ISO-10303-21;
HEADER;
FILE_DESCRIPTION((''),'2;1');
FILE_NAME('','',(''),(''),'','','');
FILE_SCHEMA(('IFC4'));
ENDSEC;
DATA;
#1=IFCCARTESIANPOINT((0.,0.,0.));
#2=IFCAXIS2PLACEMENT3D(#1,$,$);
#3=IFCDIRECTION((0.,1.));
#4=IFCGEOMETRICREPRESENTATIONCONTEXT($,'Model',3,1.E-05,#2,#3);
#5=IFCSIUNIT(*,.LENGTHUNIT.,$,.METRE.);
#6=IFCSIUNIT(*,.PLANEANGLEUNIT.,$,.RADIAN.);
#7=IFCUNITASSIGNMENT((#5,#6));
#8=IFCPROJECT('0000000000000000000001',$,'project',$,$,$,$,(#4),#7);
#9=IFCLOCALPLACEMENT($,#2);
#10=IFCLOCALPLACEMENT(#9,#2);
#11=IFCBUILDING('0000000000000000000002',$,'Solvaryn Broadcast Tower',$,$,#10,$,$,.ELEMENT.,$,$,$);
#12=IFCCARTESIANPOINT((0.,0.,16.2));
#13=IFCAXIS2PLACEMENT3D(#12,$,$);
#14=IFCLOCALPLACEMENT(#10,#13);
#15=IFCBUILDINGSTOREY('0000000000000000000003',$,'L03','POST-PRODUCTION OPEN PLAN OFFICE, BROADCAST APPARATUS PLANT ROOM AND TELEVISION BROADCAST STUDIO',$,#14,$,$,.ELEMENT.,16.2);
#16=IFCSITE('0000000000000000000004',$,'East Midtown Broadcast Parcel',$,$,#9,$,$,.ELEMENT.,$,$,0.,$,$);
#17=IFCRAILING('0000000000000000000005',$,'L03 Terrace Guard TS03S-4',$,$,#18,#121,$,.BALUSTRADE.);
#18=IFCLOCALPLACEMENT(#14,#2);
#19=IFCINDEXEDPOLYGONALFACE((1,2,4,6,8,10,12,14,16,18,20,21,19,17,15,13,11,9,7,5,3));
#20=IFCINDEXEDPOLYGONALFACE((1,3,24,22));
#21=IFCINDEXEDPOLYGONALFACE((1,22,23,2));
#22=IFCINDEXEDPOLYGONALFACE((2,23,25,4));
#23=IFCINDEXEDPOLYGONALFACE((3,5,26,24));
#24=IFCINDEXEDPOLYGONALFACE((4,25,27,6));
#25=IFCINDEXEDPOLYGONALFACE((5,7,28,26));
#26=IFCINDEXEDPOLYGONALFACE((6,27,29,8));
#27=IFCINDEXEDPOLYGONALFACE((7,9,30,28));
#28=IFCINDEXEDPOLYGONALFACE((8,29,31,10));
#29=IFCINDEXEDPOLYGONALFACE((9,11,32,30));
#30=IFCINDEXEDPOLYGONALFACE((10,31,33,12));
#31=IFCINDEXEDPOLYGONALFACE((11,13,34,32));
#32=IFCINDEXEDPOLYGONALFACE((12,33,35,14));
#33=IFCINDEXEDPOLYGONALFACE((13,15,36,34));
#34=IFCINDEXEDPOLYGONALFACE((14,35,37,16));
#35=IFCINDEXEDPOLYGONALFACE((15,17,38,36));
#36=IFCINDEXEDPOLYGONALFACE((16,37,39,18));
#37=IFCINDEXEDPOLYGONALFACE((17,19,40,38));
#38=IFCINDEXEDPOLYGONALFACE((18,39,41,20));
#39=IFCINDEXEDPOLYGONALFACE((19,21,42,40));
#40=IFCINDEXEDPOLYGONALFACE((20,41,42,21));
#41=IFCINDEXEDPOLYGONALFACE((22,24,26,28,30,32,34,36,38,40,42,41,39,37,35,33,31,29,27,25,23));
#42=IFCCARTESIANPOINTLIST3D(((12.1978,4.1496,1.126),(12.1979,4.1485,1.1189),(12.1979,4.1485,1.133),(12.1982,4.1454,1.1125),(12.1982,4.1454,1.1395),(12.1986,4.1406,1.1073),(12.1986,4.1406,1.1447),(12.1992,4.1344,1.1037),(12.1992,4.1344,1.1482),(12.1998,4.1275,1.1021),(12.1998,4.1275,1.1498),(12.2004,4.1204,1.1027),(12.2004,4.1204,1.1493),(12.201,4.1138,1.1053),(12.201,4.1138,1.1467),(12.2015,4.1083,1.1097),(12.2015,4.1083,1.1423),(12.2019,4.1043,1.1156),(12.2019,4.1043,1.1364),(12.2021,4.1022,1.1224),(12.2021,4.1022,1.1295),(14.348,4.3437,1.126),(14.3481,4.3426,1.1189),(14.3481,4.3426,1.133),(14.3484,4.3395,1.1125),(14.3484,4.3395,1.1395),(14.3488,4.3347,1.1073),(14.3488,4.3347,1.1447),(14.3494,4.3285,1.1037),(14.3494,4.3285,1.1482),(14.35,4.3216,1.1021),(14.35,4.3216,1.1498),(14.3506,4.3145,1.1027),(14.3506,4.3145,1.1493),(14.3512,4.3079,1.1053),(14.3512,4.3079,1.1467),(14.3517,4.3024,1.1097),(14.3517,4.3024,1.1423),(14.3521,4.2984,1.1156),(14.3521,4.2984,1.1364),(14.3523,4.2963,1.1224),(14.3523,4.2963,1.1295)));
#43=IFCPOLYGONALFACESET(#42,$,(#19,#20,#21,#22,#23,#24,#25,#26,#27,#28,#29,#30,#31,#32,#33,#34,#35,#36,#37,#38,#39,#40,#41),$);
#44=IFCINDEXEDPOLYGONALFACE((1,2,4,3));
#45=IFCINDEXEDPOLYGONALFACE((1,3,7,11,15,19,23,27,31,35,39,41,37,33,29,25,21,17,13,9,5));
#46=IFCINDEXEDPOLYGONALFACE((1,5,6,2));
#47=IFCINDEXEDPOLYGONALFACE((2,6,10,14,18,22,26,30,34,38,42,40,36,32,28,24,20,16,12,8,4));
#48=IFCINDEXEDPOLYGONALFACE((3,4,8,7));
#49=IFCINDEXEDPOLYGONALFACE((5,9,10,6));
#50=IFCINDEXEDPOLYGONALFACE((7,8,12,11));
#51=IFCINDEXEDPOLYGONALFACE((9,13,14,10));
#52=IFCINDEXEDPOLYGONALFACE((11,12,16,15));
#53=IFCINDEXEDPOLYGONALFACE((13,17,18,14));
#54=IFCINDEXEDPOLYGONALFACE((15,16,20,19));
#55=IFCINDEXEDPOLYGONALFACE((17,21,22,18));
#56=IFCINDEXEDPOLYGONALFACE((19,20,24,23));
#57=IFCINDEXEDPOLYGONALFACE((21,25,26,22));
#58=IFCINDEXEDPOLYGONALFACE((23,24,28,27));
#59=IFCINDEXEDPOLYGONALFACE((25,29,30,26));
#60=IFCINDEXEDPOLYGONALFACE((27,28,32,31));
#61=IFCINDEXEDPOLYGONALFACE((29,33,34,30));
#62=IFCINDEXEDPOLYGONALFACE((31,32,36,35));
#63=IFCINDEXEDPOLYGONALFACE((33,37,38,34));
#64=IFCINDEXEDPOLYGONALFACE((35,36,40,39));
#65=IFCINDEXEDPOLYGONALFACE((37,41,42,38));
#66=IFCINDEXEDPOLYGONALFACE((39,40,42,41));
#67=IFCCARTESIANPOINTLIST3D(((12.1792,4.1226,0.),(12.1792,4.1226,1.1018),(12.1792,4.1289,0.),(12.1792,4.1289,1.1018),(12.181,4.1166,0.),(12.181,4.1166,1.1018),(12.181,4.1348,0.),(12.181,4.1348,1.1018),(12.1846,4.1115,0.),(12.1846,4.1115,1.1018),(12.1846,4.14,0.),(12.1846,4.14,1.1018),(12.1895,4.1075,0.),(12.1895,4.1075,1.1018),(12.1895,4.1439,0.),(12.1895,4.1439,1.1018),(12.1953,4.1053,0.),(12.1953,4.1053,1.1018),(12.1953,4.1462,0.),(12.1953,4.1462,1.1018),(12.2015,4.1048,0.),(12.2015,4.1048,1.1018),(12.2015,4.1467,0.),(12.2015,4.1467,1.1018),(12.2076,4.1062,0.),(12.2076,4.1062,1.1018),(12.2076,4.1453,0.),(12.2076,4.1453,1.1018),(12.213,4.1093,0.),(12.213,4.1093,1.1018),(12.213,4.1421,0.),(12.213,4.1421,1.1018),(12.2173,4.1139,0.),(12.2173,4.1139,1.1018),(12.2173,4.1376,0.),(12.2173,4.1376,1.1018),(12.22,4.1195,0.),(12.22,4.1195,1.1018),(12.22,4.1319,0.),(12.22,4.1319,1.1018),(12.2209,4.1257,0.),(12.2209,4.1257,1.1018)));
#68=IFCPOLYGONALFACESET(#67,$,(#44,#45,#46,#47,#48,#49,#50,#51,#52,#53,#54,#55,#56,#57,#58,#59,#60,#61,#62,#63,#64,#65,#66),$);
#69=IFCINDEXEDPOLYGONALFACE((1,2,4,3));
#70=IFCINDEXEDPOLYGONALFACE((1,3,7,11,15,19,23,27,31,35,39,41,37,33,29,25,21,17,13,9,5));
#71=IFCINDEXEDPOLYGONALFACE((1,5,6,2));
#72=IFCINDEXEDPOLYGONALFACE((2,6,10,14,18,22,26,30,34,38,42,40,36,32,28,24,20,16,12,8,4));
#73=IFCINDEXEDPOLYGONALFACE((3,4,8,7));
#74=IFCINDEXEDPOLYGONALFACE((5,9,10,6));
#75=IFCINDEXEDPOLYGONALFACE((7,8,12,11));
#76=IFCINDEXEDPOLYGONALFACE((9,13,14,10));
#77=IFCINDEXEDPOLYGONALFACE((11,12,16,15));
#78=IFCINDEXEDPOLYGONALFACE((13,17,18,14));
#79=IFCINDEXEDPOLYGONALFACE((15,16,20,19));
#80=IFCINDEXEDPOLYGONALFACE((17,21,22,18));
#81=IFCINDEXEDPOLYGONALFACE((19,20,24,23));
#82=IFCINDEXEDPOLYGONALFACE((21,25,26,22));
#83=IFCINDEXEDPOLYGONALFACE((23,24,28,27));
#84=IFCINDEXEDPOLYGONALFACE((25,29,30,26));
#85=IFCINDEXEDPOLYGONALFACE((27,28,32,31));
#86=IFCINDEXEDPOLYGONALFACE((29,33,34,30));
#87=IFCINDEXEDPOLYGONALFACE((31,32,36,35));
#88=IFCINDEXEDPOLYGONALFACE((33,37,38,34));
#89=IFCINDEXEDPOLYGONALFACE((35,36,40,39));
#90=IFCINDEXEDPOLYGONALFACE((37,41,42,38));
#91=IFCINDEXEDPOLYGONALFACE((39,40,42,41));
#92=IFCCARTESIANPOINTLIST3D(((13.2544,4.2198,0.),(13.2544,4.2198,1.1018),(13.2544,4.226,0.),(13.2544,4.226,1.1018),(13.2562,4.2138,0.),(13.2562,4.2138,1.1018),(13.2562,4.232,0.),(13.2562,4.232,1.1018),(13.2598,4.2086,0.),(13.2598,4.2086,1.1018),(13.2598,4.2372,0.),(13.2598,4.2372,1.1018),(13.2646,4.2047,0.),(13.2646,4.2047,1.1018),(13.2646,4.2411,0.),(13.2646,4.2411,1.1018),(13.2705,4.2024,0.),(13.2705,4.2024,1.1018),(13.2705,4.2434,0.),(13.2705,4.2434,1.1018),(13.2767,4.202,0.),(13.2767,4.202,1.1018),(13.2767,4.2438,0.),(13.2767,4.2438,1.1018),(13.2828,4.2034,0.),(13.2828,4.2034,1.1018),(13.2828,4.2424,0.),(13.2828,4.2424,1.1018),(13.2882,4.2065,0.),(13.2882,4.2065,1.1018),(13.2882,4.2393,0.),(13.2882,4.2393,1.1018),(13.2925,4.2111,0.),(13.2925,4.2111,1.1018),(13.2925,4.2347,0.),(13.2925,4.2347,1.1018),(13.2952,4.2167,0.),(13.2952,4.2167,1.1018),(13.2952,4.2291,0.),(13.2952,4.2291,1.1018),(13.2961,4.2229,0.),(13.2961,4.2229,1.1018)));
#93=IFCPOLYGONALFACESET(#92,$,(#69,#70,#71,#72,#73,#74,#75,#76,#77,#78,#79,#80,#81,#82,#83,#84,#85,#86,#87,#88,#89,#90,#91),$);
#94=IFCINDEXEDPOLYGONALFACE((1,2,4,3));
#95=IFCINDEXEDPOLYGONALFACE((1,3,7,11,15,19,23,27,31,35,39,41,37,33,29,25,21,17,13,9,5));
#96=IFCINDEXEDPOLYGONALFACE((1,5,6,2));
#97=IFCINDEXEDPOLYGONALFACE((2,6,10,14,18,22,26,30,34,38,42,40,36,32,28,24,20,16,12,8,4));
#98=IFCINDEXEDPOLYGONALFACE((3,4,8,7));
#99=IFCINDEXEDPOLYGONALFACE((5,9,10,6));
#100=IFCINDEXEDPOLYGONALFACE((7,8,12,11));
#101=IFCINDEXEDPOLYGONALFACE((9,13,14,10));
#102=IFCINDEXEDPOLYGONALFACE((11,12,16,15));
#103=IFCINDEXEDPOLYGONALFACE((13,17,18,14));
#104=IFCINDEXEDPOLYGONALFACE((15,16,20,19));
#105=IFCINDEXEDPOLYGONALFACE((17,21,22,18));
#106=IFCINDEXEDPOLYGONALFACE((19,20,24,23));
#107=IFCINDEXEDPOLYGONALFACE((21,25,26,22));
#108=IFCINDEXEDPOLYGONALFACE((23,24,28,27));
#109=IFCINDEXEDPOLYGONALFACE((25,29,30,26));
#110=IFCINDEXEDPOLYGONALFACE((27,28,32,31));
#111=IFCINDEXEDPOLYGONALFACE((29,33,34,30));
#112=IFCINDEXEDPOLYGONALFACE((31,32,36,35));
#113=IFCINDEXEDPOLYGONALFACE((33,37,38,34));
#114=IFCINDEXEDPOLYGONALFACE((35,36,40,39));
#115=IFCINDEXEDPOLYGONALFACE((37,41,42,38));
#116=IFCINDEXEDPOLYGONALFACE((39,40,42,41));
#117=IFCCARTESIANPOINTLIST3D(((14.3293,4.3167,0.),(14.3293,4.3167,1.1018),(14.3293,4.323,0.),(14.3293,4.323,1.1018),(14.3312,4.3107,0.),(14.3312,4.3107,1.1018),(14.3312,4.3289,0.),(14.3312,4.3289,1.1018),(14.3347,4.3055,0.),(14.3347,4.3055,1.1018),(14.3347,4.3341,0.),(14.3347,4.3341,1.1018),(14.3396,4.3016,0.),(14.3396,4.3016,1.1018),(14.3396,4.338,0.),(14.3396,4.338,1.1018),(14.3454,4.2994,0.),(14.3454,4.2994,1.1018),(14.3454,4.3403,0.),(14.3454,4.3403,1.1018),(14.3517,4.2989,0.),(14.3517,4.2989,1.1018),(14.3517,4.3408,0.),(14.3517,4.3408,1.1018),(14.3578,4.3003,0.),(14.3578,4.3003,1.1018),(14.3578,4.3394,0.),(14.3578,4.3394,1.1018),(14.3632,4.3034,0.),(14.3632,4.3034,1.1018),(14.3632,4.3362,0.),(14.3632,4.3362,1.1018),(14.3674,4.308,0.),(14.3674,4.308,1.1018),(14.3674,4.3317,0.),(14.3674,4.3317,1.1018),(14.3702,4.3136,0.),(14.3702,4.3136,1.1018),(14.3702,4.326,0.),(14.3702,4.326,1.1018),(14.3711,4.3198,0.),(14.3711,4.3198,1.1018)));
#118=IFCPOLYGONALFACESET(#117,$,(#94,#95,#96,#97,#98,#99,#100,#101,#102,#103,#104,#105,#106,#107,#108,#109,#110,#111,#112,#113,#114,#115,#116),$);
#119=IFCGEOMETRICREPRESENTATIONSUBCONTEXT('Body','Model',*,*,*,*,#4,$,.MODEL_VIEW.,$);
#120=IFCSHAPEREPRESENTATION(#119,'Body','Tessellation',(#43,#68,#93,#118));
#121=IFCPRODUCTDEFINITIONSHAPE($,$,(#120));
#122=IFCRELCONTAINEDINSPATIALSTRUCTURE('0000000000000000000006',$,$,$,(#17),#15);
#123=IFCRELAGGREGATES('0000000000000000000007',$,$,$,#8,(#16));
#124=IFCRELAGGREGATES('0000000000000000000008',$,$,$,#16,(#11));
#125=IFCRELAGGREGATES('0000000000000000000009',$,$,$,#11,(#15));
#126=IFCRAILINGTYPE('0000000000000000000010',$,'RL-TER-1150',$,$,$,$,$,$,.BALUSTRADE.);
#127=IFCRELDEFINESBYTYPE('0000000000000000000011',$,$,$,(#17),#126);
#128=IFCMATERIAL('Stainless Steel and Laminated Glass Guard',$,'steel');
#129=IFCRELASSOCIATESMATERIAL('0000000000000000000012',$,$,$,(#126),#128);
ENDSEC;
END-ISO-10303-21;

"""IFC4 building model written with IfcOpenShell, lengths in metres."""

from ifc_helpers import new_model, si_unit, direction, frame, origin, origin_2d, place, context, subcontext, project, spatial, circle, extrude, material, type_object, element, save


model = new_model("IFC4")

# Units and contexts
model_context = context("Model", 3, precision=1e-05, world=origin(), true_north=direction((0.0, 1.0)))
body_context = subcontext(model_context, "Body", "Model", "MODEL_VIEW")
ifc_project = project(units=[si_unit("LENGTHUNIT", "METRE"), si_unit("PLANEANGLEUNIT", "RADIAN")], contexts=[model_context])

# Site, building, storey
site_placement = place(None, origin())
site = spatial("IfcSite", under=ifc_project, at=site_placement, Name="East Midtown Broadcast Parcel", CompositionType="ELEMENT", RefElevation=0.0)
building_placement = place(site_placement, origin())
building = spatial("IfcBuilding", under=site, at=building_placement, Name="Solvaryn Broadcast Tower", CompositionType="ELEMENT")
storey_placement = place(building_placement, frame((0.0, 0.0, 16.2)))
storey = spatial("IfcBuildingStorey", under=building, at=storey_placement, Name="L03", Description="POST-PRODUCTION OPEN PLAN OFFICE, BROADCAST APPARATUS PLANT ROOM AND TELEVISION BROADCAST STUDIO", CompositionType="ELEMENT", Elevation=16.2)

# Railing
ifc_material_1 = material(Name="Stainless Steel and Laminated Glass Guard", Category="steel")
railing_type = type_object("IfcRailingType", Name="RL-TER-1150", PredefinedType="BALUSTRADE", material=ifc_material_1)
railing_1_placement = place(storey_placement, frame((12.2, 4.1257, 0.0)))
element("IfcRailing", 1, at=railing_1_placement, inside=storey, type_object=railing_type, Name="L03 Terrace Guard TS03S-4", PredefinedType="BALUSTRADE", context=body_context, shape_type="SweptSolid", body=[
    extrude(circle(Radius=0.0239, at=origin_2d()), frame((0.0, 0.0, 1.126), z_axis=(0.99595, 0.089904, 0.0), x_axis=(-0.089904, 0.99595, 0.0)), (0.0, 0.0, 1.0), 2.1589),
    extrude(circle(Radius=0.021, at=origin_2d()), origin(), (0.0, 0.0, 1.0), 1.1018),
    extrude(circle(Radius=0.021, at=origin_2d()), frame((1.0752, 0.0972, 0.0)), (0.0, 0.0, 1.0), 1.1018),
    extrude(circle(Radius=0.021, at=origin_2d()), frame((2.1501, 0.1941, 0.0)), (0.0, 0.0, 1.0), 1.1018),
])

save(model, "model.ifc")
